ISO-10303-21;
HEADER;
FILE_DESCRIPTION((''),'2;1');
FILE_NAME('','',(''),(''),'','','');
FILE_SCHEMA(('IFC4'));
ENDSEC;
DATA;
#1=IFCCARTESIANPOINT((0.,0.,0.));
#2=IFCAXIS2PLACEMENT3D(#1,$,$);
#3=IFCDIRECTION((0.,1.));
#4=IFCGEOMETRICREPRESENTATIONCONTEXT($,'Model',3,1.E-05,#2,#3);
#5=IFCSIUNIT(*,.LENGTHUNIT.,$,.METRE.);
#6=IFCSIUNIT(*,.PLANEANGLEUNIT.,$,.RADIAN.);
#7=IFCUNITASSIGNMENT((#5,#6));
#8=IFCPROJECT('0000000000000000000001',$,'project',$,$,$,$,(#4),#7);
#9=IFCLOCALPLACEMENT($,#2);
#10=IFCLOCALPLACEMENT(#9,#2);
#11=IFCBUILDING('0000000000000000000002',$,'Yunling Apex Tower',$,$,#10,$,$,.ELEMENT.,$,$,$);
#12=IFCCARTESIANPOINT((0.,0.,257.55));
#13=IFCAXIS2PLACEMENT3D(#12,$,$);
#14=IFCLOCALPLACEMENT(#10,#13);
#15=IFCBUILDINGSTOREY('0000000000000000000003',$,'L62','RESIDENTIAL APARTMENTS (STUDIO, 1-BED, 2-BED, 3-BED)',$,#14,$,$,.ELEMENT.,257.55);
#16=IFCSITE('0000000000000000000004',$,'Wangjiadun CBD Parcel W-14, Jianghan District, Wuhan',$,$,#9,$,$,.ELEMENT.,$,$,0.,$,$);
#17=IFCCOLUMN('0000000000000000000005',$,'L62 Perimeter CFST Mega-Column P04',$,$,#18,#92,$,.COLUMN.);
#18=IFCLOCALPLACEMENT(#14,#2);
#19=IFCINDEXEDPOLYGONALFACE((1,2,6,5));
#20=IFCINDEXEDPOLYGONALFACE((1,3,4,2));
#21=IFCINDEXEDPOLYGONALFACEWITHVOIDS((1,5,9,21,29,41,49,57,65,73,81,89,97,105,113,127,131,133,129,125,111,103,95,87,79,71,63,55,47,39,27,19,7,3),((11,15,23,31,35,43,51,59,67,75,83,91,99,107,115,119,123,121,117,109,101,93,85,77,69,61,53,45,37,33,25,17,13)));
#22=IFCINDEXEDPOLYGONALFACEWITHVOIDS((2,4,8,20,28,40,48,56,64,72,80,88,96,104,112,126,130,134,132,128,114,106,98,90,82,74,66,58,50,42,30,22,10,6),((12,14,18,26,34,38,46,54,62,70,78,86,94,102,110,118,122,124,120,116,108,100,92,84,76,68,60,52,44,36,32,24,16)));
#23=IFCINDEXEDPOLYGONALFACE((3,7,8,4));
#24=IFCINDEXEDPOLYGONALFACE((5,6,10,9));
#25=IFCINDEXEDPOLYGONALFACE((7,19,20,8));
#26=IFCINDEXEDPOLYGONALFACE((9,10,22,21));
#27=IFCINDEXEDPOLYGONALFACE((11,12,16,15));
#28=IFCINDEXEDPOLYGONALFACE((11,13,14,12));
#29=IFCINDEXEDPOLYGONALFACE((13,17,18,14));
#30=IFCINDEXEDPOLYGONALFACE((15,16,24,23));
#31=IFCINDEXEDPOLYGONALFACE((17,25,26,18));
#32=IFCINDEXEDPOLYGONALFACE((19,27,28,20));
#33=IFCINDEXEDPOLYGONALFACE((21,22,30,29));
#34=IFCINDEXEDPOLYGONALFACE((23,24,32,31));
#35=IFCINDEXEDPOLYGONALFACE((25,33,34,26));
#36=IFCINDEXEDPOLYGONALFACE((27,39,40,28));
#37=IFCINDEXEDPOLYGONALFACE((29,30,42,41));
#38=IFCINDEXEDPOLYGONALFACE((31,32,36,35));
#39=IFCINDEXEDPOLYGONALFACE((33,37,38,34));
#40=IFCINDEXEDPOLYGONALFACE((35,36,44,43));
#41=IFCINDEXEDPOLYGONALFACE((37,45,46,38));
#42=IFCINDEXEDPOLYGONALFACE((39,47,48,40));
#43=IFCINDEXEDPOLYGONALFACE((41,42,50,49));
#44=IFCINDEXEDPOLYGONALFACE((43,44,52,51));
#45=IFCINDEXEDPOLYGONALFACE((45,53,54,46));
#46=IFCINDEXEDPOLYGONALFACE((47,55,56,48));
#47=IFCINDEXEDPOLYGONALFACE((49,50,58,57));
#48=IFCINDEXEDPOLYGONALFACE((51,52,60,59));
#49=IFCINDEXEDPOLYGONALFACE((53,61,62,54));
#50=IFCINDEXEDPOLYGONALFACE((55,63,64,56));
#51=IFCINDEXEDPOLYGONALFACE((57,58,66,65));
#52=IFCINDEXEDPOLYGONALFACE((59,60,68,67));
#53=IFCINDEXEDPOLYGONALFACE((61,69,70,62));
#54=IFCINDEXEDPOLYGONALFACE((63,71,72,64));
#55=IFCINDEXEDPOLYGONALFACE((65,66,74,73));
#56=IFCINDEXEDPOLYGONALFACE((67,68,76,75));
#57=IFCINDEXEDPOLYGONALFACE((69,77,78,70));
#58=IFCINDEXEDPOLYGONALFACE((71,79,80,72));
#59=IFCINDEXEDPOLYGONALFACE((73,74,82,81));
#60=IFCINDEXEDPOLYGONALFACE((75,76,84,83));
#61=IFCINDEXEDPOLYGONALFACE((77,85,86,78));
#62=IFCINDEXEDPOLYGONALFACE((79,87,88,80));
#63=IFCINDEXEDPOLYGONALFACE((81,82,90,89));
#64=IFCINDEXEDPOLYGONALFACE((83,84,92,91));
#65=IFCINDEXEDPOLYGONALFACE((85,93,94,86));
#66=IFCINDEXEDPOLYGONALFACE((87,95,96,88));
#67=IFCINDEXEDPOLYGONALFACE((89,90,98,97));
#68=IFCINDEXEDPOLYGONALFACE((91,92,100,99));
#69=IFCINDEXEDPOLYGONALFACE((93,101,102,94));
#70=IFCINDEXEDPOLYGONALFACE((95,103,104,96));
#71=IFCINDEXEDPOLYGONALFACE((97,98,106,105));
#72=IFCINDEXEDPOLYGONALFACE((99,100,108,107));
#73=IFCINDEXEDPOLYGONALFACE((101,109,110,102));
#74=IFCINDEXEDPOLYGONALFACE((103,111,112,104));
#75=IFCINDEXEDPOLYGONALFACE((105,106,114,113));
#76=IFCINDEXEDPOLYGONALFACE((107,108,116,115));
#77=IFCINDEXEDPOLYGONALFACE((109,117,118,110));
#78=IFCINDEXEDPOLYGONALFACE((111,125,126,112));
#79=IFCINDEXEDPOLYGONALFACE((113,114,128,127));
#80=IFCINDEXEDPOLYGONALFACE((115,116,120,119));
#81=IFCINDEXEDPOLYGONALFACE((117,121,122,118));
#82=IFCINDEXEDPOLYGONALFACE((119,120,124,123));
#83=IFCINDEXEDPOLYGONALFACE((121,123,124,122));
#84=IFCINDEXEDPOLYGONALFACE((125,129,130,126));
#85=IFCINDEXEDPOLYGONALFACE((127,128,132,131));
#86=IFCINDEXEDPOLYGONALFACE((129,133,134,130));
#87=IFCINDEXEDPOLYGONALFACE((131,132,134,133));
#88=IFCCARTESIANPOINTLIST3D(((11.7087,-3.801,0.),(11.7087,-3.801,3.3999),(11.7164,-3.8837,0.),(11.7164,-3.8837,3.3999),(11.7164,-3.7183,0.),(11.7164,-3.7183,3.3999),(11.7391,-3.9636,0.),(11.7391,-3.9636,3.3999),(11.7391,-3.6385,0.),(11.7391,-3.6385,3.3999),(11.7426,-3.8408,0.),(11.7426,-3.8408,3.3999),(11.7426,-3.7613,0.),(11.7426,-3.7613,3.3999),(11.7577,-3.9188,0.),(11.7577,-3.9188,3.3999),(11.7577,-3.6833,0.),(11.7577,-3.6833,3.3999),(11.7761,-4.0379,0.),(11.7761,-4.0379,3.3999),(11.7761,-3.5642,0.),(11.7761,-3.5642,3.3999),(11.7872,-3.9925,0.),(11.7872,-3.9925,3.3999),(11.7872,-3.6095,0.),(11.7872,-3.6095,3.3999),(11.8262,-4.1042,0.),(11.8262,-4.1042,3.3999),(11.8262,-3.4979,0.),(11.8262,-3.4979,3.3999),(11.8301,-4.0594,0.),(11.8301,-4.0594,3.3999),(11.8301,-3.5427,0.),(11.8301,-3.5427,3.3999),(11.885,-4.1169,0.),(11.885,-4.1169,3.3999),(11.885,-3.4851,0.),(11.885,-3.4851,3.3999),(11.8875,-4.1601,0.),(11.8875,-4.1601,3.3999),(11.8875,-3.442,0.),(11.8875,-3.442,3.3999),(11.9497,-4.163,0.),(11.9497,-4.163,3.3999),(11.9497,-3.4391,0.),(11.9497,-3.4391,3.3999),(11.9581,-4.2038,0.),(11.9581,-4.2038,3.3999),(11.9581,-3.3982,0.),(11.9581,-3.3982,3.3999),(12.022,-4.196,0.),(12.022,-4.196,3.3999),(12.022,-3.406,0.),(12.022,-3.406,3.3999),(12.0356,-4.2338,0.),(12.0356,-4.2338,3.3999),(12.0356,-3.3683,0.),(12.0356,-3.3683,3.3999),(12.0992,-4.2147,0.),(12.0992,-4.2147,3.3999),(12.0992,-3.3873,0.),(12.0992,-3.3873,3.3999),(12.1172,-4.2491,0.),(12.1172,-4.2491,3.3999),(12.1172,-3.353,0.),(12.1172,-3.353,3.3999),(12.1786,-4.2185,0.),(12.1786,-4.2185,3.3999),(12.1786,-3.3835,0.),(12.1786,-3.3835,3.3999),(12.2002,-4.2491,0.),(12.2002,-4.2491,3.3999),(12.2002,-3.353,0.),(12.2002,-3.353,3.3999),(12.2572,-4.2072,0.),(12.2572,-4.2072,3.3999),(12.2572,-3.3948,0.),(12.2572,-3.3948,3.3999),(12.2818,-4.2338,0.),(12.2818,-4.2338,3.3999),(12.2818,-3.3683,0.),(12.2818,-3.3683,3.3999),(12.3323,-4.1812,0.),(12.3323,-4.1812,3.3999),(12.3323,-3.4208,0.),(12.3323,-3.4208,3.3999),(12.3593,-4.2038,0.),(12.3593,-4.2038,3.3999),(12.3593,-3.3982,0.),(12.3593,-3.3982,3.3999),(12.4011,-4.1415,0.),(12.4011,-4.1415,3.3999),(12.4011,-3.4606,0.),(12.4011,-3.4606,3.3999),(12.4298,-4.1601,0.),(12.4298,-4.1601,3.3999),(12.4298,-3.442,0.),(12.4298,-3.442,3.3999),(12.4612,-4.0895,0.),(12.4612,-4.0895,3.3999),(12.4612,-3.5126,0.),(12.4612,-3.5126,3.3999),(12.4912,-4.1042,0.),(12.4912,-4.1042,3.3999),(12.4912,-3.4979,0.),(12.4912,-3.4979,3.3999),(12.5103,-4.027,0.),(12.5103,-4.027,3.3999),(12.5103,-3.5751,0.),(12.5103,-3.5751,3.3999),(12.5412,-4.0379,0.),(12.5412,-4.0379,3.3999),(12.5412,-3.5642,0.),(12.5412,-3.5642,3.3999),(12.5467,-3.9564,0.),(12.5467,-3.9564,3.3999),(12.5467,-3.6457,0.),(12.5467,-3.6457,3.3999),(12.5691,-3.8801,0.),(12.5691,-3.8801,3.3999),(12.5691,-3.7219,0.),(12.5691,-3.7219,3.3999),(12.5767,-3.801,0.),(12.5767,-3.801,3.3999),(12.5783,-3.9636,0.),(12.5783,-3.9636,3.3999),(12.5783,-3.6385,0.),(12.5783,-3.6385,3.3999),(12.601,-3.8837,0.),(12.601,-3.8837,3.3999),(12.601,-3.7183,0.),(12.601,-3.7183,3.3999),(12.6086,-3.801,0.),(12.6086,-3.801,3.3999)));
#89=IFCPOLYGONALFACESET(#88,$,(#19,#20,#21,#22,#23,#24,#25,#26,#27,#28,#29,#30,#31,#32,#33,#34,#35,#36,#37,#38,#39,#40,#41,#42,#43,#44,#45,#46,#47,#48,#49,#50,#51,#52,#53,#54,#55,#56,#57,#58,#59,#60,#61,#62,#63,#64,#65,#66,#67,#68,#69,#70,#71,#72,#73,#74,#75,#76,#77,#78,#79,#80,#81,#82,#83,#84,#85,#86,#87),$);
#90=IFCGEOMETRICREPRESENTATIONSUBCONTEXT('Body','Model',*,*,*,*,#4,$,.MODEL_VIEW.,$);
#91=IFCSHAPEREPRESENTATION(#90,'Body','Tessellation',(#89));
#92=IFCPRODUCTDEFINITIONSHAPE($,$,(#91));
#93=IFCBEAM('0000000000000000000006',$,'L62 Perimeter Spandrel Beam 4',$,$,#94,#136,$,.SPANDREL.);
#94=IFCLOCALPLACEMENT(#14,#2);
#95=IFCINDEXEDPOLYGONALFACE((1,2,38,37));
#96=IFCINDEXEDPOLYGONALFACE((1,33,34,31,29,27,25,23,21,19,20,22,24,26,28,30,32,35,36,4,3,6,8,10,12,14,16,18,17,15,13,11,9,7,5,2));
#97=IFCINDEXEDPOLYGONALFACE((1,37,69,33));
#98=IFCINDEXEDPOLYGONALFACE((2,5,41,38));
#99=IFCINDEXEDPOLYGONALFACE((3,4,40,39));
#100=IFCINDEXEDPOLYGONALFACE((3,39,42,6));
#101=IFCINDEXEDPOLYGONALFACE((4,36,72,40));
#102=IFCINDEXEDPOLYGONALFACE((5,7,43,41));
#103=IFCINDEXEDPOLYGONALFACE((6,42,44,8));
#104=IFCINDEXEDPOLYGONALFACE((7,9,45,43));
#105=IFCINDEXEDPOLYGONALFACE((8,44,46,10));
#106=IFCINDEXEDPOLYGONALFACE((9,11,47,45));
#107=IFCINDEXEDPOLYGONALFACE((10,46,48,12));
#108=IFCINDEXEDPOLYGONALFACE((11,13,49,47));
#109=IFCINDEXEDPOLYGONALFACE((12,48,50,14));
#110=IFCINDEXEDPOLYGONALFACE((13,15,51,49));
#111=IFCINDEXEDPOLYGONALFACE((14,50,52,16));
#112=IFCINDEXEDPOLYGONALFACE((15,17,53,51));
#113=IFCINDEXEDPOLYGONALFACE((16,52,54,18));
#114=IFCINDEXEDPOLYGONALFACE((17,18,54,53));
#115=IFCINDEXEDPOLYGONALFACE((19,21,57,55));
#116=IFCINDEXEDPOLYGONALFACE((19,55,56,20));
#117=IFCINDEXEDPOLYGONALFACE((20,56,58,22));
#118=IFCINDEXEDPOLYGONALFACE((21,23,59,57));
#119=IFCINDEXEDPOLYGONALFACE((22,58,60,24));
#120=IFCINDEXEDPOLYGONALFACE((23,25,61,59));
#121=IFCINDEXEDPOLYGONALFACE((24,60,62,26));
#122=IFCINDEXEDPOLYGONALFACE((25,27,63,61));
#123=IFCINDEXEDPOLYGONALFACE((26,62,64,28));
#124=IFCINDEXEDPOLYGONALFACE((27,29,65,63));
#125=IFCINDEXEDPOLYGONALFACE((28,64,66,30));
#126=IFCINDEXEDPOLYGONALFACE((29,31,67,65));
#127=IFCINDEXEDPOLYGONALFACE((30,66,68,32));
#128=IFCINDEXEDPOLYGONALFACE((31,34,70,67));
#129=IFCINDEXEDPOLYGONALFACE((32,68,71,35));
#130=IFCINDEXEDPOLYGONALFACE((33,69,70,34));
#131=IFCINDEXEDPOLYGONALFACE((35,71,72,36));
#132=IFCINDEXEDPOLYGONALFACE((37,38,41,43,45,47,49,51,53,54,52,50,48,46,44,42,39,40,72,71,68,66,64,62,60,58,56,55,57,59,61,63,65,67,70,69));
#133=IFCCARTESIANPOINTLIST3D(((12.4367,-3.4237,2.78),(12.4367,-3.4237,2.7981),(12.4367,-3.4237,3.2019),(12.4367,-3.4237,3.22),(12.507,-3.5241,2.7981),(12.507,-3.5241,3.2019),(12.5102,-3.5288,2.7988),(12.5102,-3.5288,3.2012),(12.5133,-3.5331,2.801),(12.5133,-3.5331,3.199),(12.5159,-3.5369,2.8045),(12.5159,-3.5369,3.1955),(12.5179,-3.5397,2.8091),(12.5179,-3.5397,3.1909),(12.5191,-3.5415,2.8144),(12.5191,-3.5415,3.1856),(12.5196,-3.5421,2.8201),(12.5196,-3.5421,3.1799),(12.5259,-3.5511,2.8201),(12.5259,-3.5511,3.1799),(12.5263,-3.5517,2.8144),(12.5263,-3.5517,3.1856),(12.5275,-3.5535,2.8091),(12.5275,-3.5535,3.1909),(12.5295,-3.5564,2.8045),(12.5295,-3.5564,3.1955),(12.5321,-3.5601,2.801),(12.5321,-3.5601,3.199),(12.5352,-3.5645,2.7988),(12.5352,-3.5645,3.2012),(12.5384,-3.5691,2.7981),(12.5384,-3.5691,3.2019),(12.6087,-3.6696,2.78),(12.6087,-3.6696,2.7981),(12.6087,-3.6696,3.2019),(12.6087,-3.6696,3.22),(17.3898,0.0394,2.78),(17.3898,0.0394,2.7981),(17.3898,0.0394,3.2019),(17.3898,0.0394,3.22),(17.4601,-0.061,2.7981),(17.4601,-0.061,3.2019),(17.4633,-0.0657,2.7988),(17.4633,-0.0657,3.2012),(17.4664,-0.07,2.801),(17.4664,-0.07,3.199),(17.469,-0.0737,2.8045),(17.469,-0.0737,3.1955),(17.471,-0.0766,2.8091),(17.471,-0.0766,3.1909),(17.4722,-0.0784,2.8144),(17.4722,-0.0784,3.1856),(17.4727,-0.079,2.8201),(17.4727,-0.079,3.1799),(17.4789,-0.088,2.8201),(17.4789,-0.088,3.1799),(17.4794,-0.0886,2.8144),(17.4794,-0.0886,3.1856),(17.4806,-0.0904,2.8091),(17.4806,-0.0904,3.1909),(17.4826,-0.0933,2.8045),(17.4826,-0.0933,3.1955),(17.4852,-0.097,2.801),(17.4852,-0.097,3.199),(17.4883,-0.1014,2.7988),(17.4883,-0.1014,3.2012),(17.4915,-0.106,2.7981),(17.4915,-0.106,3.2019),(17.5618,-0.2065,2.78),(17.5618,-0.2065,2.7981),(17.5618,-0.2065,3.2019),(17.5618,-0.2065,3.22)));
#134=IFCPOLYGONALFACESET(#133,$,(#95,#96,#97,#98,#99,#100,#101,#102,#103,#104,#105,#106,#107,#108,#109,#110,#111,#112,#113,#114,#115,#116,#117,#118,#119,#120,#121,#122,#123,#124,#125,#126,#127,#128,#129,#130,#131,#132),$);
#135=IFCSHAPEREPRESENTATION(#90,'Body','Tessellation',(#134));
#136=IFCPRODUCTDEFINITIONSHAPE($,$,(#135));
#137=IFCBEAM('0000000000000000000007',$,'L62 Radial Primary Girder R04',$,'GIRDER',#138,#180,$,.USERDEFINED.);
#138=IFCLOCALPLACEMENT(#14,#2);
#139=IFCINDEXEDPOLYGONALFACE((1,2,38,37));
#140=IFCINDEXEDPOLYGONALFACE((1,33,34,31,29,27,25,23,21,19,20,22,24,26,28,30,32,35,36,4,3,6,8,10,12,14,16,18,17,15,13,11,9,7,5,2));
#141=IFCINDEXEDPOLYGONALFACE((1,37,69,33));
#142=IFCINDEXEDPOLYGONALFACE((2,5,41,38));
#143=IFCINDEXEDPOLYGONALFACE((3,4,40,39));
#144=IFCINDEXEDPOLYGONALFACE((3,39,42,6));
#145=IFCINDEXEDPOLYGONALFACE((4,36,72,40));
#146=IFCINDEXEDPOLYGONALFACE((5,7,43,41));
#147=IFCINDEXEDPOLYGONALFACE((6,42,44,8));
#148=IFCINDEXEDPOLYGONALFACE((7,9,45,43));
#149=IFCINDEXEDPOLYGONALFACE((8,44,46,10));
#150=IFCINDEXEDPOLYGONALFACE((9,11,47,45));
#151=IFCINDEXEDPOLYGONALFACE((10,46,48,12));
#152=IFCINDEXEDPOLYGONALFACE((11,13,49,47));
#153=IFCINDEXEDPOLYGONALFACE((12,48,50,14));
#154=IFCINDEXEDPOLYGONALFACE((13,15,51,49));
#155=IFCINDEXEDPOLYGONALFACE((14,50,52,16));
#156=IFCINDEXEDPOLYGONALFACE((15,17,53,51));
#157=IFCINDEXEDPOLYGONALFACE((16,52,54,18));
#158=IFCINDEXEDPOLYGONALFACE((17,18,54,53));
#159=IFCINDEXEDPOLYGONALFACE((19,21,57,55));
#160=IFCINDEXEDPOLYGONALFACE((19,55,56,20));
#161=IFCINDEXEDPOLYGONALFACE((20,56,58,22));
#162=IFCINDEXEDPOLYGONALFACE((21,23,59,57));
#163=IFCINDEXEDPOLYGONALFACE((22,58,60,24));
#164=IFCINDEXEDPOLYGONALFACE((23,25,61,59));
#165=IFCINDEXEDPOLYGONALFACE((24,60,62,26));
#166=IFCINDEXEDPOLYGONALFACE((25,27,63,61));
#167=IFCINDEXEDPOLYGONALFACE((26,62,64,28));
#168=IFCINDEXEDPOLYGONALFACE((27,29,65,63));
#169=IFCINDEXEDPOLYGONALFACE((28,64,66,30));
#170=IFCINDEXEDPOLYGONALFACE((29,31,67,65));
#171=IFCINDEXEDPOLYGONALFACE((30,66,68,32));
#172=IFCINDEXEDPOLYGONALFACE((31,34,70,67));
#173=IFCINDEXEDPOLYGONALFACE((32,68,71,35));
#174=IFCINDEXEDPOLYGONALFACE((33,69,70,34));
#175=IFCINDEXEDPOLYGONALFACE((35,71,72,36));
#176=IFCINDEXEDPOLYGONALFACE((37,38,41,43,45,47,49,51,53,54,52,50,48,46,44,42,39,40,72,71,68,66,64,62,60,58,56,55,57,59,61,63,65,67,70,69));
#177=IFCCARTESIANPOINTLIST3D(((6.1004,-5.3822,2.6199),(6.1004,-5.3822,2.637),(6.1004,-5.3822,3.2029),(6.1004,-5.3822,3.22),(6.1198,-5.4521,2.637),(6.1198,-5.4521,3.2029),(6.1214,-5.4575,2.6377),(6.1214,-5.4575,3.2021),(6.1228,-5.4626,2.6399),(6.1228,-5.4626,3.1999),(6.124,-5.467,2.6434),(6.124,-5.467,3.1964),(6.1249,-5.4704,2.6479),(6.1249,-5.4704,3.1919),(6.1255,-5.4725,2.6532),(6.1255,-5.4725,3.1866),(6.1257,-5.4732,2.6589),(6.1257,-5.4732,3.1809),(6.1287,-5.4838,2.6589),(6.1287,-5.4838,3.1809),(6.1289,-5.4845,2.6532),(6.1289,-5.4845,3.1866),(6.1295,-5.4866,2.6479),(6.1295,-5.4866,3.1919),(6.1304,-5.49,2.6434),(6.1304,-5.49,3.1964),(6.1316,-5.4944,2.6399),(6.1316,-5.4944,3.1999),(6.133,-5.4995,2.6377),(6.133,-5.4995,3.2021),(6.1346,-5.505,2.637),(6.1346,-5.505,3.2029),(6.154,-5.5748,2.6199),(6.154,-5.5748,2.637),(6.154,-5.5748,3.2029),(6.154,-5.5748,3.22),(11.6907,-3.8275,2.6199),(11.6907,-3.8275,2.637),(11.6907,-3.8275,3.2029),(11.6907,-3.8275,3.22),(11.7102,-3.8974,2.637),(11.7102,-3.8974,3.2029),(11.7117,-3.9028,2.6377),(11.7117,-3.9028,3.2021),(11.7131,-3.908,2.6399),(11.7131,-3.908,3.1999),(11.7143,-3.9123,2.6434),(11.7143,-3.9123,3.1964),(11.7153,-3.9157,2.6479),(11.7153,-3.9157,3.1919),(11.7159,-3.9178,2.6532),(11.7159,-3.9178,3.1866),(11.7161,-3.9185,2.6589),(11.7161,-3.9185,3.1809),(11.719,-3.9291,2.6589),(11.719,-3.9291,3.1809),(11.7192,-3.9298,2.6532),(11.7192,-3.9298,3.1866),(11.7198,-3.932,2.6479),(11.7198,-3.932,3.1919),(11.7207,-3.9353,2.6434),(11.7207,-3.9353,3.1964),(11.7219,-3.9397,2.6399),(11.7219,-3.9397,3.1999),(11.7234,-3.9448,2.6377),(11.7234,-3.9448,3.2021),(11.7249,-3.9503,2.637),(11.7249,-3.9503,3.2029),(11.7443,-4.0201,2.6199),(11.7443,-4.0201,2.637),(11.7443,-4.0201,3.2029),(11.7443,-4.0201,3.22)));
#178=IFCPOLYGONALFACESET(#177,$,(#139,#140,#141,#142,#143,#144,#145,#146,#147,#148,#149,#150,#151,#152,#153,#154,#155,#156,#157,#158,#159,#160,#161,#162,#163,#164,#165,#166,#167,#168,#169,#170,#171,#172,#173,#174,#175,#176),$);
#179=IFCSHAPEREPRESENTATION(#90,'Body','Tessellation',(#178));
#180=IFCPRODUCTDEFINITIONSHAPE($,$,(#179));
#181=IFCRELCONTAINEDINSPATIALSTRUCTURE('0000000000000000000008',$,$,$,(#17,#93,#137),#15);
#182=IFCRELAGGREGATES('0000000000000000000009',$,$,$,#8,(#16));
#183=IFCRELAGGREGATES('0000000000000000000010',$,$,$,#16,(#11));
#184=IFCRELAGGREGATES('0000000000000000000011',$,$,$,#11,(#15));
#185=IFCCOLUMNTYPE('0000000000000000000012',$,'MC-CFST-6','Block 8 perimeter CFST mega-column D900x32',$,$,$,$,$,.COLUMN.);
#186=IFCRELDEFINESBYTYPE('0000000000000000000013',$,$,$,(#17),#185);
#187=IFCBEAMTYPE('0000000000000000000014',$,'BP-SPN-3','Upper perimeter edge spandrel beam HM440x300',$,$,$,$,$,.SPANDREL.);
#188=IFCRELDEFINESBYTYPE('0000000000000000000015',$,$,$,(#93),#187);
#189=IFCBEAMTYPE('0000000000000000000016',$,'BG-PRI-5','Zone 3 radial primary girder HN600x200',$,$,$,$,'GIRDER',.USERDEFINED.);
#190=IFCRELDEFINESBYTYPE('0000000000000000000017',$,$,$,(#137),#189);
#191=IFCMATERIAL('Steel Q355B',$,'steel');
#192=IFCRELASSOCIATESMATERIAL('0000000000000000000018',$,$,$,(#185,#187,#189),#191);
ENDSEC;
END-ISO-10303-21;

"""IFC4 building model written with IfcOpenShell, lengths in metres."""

from ifc_helpers import new_model, si_unit, direction, frame, origin, origin_2d, place, context, subcontext, project, spatial, hollow_circle, i_section, extrude, source, transform, mapped, material, material_profile, profile_set, type_object, element, save


model = new_model("IFC4")

# Units and contexts
model_context = context("Model", 3, precision=1e-05, world=origin(), true_north=direction((0.0, 1.0)))
body_context = subcontext(model_context, "Body", "Model", "MODEL_VIEW")
ifc_project = project(units=[si_unit("LENGTHUNIT", "METRE"), si_unit("PLANEANGLEUNIT", "RADIAN")], contexts=[model_context])

# Site, building, storey
site_placement = place(None, origin())
site = spatial("IfcSite", under=ifc_project, at=site_placement, Name="Wangjiadun CBD Parcel W-14, Jianghan District, Wuhan", CompositionType="ELEMENT", RefElevation=0.0)
building_placement = place(site_placement, origin())
building = spatial("IfcBuilding", under=site, at=building_placement, Name="Yunling Apex Tower", CompositionType="ELEMENT")
storey_placement = place(building_placement, frame((0.0, 0.0, 257.55)))
storey = spatial("IfcBuildingStorey", under=building, at=storey_placement, Name="L62", Description="RESIDENTIAL APARTMENTS (STUDIO, 1-BED, 2-BED, 3-BED)", CompositionType="ELEMENT", Elevation=257.55)

# Column
ifc_material_1 = material(Name="Steel Q355B", Category="steel")
ifc_material_profile_1 = material_profile(ifc_material_1, hollow_circle(Radius=0.45, WallThickness=0.032, at=origin_2d()))
ifc_profile_set_1 = profile_set([ifc_material_profile_1], Name="Steel Q355B")
column_type = type_object("IfcColumnType", Name="MC-CFST-6", Description="Block 8 perimeter CFST mega-column D900x32", PredefinedType="COLUMN", material=ifc_profile_set_1)
shared_shape_1 = source(origin(), body_context, "Body", "SweptSolid", [
    extrude(hollow_circle(Radius=0.45, WallThickness=0.032, at=origin_2d()), origin(), (0.0, 0.0, 1.0), 3.3999),
])
column_placement = place(storey_placement, frame((12.1587, -3.801, 0.0), z_axis=(0.0, 0.0, 1.0), x_axis=(1.0, 0.0, 0.0)))
element("IfcColumn", 1, at=column_placement, inside=storey, type_object=column_type, Name="L62 Perimeter CFST Mega-Column P04", PredefinedType="COLUMN", context=body_context, shape_type="MappedRepresentation", body=[
    mapped(shared_shape_1, transform((0.0, 0.0, 0.0), scale=1.0)),
])

# Beams
ifc_material_profile_2 = material_profile(ifc_material_1, i_section(OverallWidth=0.3, OverallDepth=0.4399, WebThickness=0.011, FlangeThickness=0.0181, FilletRadius=0.022, at=origin_2d()))
ifc_profile_set_2 = profile_set([ifc_material_profile_2], Name="Steel Q355B")
beam_type_1 = type_object("IfcBeamType", Name="BP-SPN-3", Description="Upper perimeter edge spandrel beam HM440x300", PredefinedType="SPANDREL", material=ifc_profile_set_2)
shared_shape_2 = source(origin(), body_context, "Body", "SweptSolid", [
    extrude(i_section(OverallWidth=0.3, OverallDepth=0.4399, WebThickness=0.011, FlangeThickness=0.0181, FilletRadius=0.022, at=origin_2d()), origin(), (0.0, 0.0, 1.0), 6.0437),
])
beam_1_placement = place(storey_placement, frame((12.5227, -3.5466, 3.0), z_axis=(0.819547, 0.573012, 0.0), x_axis=(-0.573012, 0.819547, 0.0)))
element("IfcBeam", 2, at=beam_1_placement, inside=storey, type_object=beam_type_1, Name="L62 Perimeter Spandrel Beam 4", PredefinedType="SPANDREL", context=body_context, shape_type="MappedRepresentation", body=[
    mapped(shared_shape_2, transform((0.0, 0.0, 0.0), scale=1.0)),
])
ifc_material_profile_3 = material_profile(ifc_material_1, i_section(OverallWidth=0.2, OverallDepth=0.6001, WebThickness=0.011, FlangeThickness=0.0171, FilletRadius=0.022, at=origin_2d()))
ifc_profile_set_3 = profile_set([ifc_material_profile_3], Name="Steel Q355B")
beam_type_2 = type_object("IfcBeamType", Name="BG-PRI-5", Description="Zone 3 radial primary girder HN600x200", ElementType="GIRDER", PredefinedType="USERDEFINED", material=ifc_profile_set_3)
shared_shape_3 = source(origin(), body_context, "Body", "SweptSolid", [
    extrude(i_section(OverallWidth=0.2, OverallDepth=0.6001, WebThickness=0.011, FlangeThickness=0.0171, FilletRadius=0.022, at=origin_2d()), origin(), (0.0, 0.0, 1.0), 5.8025),
])
beam_2_placement = place(storey_placement, frame((11.7175, -3.9238, 2.9199), z_axis=(-0.963437, -0.267935, 0.0), x_axis=(0.267935, -0.963437, 0.0)))
element("IfcBeam", 3, at=beam_2_placement, inside=storey, type_object=beam_type_2, Name="L62 Radial Primary Girder R04", ObjectType="GIRDER", PredefinedType="USERDEFINED", context=body_context, shape_type="MappedRepresentation", body=[
    mapped(shared_shape_3, transform((0.0, 0.0, 0.0), scale=1.0)),
])

save(model, "model.ifc")
